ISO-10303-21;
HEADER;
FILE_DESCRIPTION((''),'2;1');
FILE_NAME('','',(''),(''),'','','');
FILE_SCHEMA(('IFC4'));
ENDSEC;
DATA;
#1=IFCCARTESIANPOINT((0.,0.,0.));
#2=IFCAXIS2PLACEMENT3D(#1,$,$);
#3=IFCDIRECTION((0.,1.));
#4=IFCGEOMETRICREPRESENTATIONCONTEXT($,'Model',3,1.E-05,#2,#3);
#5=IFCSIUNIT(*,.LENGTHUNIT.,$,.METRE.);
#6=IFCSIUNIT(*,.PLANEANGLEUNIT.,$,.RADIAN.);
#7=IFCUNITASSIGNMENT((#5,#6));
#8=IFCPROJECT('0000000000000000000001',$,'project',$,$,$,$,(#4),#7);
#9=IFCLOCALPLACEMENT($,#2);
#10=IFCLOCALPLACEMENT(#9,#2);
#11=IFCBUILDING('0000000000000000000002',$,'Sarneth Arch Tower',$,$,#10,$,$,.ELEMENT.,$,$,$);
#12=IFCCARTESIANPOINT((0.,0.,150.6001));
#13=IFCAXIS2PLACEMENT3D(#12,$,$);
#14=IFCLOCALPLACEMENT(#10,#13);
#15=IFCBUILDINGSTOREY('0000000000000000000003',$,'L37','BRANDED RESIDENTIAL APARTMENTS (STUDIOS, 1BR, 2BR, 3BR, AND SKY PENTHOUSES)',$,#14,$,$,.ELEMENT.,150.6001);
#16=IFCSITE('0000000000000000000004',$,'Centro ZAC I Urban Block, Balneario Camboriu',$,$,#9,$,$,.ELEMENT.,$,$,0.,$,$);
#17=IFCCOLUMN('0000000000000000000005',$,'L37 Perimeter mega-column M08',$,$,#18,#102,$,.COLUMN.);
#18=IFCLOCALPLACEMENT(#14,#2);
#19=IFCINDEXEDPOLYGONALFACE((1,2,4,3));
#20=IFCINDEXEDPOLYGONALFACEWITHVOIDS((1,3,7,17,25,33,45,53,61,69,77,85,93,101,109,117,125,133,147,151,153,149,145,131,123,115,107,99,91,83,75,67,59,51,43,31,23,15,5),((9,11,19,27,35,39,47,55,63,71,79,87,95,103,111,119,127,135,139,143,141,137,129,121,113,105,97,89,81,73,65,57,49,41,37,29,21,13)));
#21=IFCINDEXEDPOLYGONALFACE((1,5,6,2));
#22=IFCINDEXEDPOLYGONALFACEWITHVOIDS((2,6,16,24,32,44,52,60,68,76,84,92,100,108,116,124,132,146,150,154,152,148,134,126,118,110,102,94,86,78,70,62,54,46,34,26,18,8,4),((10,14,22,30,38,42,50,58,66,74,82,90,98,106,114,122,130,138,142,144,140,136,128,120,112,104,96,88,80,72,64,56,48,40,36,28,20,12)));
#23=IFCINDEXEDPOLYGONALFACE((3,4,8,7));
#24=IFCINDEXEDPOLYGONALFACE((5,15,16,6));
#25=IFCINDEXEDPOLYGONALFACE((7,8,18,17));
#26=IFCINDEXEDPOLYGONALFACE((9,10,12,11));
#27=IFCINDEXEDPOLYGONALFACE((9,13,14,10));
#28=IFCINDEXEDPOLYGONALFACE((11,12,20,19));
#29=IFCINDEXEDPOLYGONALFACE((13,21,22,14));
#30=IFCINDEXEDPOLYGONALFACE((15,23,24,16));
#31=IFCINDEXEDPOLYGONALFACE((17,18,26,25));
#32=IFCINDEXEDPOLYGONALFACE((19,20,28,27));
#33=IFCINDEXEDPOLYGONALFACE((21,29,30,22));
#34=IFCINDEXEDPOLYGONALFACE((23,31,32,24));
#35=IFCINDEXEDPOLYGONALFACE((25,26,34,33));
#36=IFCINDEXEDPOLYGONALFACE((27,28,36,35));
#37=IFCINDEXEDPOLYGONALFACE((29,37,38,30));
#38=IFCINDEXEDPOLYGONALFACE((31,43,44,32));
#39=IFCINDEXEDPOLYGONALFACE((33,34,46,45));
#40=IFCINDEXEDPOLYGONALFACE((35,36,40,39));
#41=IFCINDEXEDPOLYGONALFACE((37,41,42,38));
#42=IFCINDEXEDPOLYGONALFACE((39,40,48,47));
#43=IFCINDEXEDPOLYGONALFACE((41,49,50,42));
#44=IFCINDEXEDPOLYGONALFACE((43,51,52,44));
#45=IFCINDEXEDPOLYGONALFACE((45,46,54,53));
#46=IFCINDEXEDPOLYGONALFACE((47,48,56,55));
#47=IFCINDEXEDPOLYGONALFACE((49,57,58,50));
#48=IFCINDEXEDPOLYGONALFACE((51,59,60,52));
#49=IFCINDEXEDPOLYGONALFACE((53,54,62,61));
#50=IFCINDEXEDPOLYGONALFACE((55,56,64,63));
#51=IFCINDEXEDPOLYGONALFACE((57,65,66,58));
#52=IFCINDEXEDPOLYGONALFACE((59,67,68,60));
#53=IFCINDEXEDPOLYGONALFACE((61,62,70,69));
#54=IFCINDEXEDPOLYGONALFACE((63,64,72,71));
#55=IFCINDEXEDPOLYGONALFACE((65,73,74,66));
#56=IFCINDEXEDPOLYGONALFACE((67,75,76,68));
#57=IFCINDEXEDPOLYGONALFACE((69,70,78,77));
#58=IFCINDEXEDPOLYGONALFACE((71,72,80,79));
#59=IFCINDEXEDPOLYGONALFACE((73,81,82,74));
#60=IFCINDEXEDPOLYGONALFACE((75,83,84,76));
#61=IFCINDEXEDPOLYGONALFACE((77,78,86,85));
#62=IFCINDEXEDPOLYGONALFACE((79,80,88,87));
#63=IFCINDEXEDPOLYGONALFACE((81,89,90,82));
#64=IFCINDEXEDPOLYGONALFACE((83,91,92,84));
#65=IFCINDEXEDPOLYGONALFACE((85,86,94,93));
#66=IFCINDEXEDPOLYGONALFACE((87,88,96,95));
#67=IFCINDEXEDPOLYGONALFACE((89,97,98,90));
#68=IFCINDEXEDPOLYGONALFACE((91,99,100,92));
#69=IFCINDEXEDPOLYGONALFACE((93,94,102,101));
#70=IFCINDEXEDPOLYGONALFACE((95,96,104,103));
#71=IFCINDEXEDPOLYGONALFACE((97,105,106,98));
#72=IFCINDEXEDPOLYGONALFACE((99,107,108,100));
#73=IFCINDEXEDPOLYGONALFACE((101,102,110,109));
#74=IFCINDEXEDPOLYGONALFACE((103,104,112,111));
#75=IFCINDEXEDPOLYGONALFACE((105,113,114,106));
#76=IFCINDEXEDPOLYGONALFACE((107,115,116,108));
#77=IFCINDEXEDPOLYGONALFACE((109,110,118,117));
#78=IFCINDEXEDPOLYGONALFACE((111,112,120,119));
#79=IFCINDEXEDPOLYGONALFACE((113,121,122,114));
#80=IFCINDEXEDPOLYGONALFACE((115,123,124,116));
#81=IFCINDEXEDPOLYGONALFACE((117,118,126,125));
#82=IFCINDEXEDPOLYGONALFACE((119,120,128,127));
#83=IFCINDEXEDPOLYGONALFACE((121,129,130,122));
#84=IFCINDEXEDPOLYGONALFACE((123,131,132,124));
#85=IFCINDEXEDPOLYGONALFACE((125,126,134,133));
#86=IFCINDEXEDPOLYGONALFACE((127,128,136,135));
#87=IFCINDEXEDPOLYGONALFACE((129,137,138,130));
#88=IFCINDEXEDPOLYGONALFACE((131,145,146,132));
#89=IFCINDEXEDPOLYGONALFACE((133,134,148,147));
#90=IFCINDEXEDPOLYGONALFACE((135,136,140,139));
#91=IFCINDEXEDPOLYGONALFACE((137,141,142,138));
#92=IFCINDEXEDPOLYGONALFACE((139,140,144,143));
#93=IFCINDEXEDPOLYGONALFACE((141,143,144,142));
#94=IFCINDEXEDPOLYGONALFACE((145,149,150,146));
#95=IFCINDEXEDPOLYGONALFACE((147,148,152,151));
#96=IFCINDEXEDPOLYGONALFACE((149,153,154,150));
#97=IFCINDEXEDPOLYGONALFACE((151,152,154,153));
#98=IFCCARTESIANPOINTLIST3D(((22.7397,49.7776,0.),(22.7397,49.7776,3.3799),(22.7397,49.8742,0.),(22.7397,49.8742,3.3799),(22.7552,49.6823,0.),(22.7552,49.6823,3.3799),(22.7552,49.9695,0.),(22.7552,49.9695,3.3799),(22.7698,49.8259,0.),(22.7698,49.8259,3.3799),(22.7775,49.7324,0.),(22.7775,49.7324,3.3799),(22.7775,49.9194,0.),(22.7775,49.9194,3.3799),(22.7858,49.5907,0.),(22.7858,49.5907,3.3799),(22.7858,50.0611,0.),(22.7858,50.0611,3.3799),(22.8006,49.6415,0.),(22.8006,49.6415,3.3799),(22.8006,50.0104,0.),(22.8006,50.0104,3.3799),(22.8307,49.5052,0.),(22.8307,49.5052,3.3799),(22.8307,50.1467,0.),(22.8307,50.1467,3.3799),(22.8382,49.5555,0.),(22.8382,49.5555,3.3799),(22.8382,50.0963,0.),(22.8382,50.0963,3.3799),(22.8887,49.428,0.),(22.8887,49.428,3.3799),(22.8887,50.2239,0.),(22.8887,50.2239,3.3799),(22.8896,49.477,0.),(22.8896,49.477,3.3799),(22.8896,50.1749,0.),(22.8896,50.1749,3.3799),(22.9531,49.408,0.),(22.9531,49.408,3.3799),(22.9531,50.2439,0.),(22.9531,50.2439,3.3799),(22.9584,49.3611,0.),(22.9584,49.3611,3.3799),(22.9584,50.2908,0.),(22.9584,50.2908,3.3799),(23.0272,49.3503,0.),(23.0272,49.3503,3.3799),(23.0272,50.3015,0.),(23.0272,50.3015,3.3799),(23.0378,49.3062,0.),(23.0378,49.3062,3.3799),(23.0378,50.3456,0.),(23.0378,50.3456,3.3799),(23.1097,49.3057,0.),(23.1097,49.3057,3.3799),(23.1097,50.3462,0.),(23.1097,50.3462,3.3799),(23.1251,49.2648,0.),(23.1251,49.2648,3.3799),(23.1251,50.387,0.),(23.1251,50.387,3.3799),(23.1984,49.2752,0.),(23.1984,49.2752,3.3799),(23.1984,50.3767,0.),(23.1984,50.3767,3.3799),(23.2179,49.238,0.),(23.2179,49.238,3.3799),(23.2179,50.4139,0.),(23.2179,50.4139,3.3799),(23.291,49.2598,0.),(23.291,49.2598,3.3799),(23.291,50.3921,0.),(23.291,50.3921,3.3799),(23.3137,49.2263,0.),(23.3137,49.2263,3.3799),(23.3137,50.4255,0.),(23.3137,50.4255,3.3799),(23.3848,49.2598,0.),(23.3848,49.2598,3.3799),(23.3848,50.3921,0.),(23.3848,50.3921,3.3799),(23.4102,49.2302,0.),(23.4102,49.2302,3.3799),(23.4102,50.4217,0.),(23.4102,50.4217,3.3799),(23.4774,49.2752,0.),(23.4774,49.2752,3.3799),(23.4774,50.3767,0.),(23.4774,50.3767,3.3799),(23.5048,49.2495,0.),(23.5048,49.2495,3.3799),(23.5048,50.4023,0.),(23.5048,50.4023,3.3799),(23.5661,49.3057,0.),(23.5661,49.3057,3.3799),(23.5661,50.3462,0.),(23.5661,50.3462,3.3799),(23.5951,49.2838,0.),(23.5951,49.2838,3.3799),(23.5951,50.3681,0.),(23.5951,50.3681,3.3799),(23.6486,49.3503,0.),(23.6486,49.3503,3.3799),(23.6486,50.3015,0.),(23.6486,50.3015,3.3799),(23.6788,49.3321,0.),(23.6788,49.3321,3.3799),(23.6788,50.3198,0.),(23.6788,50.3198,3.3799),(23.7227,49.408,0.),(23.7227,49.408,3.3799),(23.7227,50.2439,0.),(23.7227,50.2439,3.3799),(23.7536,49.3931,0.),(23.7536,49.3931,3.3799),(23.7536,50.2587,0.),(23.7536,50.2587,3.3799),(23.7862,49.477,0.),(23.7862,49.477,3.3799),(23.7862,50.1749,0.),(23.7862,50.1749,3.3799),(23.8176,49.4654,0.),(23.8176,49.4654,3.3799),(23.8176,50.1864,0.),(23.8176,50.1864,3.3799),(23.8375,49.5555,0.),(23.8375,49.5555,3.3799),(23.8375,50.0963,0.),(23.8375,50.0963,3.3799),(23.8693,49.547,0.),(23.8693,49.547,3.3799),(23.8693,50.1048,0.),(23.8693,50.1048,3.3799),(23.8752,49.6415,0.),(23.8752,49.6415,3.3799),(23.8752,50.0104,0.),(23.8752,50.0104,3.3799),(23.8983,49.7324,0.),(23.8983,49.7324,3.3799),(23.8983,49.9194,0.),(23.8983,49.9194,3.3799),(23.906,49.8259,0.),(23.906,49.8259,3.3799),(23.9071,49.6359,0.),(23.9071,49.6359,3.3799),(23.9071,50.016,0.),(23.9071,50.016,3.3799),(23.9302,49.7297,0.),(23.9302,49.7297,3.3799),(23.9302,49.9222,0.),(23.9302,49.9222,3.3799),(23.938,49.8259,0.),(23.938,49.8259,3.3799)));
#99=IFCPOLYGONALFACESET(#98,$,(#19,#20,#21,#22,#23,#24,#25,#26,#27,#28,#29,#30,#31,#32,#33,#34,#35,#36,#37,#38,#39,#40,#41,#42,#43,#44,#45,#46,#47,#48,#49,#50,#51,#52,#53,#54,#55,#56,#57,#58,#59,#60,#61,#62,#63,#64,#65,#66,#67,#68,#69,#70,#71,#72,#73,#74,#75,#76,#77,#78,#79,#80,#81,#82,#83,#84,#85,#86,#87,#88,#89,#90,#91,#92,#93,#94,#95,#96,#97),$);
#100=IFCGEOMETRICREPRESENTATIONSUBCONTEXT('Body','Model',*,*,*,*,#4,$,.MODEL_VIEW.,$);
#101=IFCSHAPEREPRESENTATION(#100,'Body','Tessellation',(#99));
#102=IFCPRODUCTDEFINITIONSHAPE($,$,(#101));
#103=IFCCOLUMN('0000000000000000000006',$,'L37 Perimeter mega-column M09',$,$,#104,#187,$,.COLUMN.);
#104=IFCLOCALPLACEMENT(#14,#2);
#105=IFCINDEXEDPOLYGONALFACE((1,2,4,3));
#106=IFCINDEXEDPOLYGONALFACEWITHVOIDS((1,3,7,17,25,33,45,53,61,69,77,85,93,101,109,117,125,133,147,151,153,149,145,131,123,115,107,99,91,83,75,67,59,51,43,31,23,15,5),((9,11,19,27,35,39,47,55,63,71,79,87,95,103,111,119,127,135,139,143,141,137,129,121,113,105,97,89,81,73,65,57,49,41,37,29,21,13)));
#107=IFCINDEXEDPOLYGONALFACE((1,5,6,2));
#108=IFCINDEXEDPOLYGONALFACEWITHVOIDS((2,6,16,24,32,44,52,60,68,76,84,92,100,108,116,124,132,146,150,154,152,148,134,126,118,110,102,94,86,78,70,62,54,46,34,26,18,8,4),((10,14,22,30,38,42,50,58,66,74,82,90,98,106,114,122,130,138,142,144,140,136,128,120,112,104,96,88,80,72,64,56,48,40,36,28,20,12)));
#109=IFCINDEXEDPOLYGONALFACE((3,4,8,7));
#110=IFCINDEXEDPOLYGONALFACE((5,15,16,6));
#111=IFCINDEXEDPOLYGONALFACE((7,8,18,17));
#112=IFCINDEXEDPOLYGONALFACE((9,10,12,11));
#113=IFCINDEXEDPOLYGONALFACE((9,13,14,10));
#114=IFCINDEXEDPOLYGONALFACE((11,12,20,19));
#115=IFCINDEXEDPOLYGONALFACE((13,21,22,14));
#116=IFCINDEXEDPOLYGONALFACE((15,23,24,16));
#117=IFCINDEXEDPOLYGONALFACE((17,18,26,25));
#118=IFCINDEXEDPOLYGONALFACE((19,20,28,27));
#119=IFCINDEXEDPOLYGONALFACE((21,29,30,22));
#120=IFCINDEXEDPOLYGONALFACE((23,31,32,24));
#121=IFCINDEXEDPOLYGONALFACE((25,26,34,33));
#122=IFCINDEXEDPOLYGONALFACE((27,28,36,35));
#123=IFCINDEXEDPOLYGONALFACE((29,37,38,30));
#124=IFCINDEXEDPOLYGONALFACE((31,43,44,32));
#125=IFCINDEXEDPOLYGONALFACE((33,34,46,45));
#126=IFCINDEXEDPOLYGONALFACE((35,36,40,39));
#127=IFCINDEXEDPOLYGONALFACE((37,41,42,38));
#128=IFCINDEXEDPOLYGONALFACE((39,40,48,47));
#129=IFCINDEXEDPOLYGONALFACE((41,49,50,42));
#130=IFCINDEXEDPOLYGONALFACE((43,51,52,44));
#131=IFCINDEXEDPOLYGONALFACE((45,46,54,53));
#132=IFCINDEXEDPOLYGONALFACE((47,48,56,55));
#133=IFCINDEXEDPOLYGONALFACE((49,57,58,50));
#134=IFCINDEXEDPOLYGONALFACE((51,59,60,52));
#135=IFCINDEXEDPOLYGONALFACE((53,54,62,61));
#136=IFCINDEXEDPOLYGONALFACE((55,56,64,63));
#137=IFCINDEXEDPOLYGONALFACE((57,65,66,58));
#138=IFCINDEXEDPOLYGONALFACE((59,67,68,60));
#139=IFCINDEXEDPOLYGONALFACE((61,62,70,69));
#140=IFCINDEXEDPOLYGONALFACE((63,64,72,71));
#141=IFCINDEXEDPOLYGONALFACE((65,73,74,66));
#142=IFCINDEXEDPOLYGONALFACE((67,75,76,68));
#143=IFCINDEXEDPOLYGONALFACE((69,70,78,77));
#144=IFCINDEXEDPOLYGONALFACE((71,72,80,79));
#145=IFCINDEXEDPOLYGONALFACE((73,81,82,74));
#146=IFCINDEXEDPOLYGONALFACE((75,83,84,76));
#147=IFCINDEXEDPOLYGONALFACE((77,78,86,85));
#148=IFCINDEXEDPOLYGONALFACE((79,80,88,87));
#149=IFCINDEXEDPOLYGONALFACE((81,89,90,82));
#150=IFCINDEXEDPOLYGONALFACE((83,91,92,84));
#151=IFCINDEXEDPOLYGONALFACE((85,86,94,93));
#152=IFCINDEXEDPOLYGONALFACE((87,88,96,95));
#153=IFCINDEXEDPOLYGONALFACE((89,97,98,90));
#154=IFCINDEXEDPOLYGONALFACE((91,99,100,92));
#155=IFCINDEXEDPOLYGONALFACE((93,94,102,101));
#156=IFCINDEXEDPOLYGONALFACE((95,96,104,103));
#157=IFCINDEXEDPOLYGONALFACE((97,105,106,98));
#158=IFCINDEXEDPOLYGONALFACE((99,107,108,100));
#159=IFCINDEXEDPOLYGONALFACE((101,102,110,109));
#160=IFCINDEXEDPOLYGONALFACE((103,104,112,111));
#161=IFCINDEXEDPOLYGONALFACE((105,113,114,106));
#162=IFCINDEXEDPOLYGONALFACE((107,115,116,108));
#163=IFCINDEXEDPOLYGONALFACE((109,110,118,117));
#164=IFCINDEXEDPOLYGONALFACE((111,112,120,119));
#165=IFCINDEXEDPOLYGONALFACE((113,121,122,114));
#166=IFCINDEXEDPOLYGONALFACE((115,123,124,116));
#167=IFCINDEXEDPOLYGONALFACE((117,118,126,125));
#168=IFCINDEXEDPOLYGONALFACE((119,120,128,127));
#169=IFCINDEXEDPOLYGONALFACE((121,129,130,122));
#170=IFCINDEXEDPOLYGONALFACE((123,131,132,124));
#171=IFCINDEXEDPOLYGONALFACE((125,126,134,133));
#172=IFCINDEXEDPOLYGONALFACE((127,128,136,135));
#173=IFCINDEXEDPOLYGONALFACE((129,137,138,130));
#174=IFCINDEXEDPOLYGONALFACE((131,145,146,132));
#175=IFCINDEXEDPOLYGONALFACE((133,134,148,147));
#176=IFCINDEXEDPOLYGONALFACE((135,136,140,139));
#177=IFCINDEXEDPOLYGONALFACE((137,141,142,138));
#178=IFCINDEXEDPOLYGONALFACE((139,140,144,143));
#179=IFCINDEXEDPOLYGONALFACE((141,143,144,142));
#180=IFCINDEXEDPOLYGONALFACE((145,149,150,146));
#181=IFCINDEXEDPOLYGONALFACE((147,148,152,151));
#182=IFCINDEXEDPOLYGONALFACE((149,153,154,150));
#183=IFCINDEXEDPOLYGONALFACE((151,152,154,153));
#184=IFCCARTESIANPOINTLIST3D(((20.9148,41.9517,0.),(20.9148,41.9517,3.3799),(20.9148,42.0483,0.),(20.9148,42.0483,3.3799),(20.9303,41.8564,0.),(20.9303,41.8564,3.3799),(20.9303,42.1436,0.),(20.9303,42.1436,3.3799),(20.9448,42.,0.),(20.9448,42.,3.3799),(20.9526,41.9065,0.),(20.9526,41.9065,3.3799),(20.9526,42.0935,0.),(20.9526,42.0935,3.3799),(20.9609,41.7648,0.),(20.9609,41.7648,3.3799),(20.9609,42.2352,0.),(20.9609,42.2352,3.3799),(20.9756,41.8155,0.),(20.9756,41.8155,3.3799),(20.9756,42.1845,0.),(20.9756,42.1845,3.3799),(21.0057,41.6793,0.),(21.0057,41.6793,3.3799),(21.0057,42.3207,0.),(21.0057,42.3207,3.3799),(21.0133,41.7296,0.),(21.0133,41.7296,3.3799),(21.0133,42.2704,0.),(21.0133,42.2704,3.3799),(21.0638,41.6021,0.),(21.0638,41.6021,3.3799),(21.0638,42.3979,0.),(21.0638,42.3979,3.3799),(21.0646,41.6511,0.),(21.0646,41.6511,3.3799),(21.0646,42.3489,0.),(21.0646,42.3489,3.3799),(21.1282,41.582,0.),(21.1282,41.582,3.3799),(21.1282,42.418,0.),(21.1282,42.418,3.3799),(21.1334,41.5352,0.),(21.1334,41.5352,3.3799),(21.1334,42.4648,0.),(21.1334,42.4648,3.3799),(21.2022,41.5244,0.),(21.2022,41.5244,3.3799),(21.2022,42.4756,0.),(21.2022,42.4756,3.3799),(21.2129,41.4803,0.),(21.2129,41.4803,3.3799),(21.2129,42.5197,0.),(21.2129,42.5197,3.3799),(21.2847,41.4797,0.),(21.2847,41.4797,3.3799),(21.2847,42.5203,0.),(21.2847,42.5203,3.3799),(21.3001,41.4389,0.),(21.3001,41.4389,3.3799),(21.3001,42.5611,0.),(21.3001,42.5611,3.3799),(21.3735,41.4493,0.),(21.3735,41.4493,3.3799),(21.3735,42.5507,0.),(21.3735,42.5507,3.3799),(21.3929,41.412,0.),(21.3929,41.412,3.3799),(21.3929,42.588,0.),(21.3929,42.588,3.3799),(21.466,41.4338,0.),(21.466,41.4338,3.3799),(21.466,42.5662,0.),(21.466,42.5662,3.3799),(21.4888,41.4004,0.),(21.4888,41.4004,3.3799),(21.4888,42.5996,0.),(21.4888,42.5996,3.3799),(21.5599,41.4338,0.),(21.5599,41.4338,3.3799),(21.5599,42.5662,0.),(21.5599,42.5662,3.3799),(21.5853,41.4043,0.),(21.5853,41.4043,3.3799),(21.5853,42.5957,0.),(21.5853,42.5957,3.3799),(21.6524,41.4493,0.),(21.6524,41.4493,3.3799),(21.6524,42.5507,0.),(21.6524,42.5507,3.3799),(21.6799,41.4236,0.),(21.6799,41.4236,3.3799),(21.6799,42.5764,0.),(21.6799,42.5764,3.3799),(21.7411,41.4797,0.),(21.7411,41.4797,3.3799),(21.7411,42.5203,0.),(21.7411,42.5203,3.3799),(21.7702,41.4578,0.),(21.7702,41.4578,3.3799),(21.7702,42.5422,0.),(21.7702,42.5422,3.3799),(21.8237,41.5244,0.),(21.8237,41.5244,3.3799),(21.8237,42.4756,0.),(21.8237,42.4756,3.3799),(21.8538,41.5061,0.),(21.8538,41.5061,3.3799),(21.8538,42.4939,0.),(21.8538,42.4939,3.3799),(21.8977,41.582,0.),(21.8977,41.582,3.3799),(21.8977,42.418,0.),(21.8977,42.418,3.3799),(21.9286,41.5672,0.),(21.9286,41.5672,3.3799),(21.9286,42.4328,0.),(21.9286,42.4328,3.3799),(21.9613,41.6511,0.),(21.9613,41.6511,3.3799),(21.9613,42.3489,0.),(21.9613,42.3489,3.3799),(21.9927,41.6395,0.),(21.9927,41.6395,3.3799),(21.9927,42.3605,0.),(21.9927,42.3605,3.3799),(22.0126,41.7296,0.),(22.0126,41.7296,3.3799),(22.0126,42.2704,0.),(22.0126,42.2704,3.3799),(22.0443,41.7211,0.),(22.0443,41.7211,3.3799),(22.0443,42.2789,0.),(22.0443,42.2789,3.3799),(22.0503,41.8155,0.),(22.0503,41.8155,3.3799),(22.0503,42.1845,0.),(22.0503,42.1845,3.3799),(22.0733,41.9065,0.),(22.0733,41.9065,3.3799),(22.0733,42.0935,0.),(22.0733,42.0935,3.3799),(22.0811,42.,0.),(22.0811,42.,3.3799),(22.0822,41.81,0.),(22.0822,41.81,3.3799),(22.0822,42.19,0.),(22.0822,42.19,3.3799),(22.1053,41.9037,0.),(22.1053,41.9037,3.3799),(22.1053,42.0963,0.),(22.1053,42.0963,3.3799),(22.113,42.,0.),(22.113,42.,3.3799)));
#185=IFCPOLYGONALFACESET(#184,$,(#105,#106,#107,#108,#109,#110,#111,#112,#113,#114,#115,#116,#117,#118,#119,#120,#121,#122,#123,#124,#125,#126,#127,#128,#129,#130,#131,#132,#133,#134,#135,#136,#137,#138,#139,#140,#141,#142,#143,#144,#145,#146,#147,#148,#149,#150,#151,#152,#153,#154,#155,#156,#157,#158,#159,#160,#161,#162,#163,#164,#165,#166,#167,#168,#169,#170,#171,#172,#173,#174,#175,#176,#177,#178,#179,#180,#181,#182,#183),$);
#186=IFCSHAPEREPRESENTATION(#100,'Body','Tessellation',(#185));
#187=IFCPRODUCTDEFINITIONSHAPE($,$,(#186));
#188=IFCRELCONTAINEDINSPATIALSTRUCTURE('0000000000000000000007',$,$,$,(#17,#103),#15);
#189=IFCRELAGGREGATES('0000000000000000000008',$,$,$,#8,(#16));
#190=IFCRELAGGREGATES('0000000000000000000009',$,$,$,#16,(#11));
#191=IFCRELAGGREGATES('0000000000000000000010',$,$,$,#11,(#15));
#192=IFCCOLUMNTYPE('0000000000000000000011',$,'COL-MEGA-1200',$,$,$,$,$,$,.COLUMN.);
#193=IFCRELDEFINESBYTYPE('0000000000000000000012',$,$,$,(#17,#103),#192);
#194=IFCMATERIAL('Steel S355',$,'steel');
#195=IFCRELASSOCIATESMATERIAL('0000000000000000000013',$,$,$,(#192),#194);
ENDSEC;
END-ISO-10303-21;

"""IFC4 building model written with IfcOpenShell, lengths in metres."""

from ifc_helpers import new_model, si_unit, direction, frame, origin, origin_2d, place, context, subcontext, project, spatial, hollow_circle, extrude, material, material_profile, profile_set, type_object, element, save


model = new_model("IFC4")

# Units and contexts
model_context = context("Model", 3, precision=1e-05, world=origin(), true_north=direction((0.0, 1.0)))
body_context = subcontext(model_context, "Body", "Model", "MODEL_VIEW")
ifc_project = project(units=[si_unit("LENGTHUNIT", "METRE"), si_unit("PLANEANGLEUNIT", "RADIAN")], contexts=[model_context])

# Site, building, storey
site_placement = place(None, origin())
site = spatial("IfcSite", under=ifc_project, at=site_placement, Name="Centro ZAC I Urban Block, Balneario Camboriu", CompositionType="ELEMENT", RefElevation=0.0)
building_placement = place(site_placement, origin())
building = spatial("IfcBuilding", under=site, at=building_placement, Name="Sarneth Arch Tower", CompositionType="ELEMENT")
storey_placement = place(building_placement, frame((0.0, 0.0, 150.6001)))
storey = spatial("IfcBuildingStorey", under=building, at=storey_placement, Name="L37", Description="BRANDED RESIDENTIAL APARTMENTS (STUDIOS, 1BR, 2BR, 3BR, AND SKY PENTHOUSES)", CompositionType="ELEMENT", Elevation=150.6001)

# Columns
ifc_material_1 = material(Name="Steel S355", Category="steel")
ifc_material_profile_1 = material_profile(ifc_material_1, hollow_circle(Radius=0.6001, WallThickness=0.032, at=origin_2d()), Name="CHS1200x32")
ifc_profile_set_1 = profile_set([ifc_material_profile_1], Name="Steel S355")
column_type = type_object("IfcColumnType", Name="COL-MEGA-1200", PredefinedType="COLUMN", material=ifc_profile_set_1)
for number, where, z_axis, x_axis, name in (
    (1, (23.3379, 49.8259, 0.0), (0.0, 0.0, 1.0), (1.0, 0.0, 0.0), "L37 Perimeter mega-column M08"),
    (2, (21.5129, 42.0, 0.0), (0.0, 0.0, 1.0), (1.0, 0.0, 0.0), "L37 Perimeter mega-column M09"),
):
    element("IfcColumn", number, at=place(storey_placement, frame(where, z_axis=z_axis, x_axis=x_axis)), inside=storey, type_object=column_type, Name=name, PredefinedType="COLUMN", context=body_context, shape_type="SweptSolid", body=[
        extrude(hollow_circle(Radius=0.6001, WallThickness=0.032, at=origin_2d()), origin(), (0.0, 0.0, 1.0), 3.3799),
    ])

save(model, "model.ifc")
